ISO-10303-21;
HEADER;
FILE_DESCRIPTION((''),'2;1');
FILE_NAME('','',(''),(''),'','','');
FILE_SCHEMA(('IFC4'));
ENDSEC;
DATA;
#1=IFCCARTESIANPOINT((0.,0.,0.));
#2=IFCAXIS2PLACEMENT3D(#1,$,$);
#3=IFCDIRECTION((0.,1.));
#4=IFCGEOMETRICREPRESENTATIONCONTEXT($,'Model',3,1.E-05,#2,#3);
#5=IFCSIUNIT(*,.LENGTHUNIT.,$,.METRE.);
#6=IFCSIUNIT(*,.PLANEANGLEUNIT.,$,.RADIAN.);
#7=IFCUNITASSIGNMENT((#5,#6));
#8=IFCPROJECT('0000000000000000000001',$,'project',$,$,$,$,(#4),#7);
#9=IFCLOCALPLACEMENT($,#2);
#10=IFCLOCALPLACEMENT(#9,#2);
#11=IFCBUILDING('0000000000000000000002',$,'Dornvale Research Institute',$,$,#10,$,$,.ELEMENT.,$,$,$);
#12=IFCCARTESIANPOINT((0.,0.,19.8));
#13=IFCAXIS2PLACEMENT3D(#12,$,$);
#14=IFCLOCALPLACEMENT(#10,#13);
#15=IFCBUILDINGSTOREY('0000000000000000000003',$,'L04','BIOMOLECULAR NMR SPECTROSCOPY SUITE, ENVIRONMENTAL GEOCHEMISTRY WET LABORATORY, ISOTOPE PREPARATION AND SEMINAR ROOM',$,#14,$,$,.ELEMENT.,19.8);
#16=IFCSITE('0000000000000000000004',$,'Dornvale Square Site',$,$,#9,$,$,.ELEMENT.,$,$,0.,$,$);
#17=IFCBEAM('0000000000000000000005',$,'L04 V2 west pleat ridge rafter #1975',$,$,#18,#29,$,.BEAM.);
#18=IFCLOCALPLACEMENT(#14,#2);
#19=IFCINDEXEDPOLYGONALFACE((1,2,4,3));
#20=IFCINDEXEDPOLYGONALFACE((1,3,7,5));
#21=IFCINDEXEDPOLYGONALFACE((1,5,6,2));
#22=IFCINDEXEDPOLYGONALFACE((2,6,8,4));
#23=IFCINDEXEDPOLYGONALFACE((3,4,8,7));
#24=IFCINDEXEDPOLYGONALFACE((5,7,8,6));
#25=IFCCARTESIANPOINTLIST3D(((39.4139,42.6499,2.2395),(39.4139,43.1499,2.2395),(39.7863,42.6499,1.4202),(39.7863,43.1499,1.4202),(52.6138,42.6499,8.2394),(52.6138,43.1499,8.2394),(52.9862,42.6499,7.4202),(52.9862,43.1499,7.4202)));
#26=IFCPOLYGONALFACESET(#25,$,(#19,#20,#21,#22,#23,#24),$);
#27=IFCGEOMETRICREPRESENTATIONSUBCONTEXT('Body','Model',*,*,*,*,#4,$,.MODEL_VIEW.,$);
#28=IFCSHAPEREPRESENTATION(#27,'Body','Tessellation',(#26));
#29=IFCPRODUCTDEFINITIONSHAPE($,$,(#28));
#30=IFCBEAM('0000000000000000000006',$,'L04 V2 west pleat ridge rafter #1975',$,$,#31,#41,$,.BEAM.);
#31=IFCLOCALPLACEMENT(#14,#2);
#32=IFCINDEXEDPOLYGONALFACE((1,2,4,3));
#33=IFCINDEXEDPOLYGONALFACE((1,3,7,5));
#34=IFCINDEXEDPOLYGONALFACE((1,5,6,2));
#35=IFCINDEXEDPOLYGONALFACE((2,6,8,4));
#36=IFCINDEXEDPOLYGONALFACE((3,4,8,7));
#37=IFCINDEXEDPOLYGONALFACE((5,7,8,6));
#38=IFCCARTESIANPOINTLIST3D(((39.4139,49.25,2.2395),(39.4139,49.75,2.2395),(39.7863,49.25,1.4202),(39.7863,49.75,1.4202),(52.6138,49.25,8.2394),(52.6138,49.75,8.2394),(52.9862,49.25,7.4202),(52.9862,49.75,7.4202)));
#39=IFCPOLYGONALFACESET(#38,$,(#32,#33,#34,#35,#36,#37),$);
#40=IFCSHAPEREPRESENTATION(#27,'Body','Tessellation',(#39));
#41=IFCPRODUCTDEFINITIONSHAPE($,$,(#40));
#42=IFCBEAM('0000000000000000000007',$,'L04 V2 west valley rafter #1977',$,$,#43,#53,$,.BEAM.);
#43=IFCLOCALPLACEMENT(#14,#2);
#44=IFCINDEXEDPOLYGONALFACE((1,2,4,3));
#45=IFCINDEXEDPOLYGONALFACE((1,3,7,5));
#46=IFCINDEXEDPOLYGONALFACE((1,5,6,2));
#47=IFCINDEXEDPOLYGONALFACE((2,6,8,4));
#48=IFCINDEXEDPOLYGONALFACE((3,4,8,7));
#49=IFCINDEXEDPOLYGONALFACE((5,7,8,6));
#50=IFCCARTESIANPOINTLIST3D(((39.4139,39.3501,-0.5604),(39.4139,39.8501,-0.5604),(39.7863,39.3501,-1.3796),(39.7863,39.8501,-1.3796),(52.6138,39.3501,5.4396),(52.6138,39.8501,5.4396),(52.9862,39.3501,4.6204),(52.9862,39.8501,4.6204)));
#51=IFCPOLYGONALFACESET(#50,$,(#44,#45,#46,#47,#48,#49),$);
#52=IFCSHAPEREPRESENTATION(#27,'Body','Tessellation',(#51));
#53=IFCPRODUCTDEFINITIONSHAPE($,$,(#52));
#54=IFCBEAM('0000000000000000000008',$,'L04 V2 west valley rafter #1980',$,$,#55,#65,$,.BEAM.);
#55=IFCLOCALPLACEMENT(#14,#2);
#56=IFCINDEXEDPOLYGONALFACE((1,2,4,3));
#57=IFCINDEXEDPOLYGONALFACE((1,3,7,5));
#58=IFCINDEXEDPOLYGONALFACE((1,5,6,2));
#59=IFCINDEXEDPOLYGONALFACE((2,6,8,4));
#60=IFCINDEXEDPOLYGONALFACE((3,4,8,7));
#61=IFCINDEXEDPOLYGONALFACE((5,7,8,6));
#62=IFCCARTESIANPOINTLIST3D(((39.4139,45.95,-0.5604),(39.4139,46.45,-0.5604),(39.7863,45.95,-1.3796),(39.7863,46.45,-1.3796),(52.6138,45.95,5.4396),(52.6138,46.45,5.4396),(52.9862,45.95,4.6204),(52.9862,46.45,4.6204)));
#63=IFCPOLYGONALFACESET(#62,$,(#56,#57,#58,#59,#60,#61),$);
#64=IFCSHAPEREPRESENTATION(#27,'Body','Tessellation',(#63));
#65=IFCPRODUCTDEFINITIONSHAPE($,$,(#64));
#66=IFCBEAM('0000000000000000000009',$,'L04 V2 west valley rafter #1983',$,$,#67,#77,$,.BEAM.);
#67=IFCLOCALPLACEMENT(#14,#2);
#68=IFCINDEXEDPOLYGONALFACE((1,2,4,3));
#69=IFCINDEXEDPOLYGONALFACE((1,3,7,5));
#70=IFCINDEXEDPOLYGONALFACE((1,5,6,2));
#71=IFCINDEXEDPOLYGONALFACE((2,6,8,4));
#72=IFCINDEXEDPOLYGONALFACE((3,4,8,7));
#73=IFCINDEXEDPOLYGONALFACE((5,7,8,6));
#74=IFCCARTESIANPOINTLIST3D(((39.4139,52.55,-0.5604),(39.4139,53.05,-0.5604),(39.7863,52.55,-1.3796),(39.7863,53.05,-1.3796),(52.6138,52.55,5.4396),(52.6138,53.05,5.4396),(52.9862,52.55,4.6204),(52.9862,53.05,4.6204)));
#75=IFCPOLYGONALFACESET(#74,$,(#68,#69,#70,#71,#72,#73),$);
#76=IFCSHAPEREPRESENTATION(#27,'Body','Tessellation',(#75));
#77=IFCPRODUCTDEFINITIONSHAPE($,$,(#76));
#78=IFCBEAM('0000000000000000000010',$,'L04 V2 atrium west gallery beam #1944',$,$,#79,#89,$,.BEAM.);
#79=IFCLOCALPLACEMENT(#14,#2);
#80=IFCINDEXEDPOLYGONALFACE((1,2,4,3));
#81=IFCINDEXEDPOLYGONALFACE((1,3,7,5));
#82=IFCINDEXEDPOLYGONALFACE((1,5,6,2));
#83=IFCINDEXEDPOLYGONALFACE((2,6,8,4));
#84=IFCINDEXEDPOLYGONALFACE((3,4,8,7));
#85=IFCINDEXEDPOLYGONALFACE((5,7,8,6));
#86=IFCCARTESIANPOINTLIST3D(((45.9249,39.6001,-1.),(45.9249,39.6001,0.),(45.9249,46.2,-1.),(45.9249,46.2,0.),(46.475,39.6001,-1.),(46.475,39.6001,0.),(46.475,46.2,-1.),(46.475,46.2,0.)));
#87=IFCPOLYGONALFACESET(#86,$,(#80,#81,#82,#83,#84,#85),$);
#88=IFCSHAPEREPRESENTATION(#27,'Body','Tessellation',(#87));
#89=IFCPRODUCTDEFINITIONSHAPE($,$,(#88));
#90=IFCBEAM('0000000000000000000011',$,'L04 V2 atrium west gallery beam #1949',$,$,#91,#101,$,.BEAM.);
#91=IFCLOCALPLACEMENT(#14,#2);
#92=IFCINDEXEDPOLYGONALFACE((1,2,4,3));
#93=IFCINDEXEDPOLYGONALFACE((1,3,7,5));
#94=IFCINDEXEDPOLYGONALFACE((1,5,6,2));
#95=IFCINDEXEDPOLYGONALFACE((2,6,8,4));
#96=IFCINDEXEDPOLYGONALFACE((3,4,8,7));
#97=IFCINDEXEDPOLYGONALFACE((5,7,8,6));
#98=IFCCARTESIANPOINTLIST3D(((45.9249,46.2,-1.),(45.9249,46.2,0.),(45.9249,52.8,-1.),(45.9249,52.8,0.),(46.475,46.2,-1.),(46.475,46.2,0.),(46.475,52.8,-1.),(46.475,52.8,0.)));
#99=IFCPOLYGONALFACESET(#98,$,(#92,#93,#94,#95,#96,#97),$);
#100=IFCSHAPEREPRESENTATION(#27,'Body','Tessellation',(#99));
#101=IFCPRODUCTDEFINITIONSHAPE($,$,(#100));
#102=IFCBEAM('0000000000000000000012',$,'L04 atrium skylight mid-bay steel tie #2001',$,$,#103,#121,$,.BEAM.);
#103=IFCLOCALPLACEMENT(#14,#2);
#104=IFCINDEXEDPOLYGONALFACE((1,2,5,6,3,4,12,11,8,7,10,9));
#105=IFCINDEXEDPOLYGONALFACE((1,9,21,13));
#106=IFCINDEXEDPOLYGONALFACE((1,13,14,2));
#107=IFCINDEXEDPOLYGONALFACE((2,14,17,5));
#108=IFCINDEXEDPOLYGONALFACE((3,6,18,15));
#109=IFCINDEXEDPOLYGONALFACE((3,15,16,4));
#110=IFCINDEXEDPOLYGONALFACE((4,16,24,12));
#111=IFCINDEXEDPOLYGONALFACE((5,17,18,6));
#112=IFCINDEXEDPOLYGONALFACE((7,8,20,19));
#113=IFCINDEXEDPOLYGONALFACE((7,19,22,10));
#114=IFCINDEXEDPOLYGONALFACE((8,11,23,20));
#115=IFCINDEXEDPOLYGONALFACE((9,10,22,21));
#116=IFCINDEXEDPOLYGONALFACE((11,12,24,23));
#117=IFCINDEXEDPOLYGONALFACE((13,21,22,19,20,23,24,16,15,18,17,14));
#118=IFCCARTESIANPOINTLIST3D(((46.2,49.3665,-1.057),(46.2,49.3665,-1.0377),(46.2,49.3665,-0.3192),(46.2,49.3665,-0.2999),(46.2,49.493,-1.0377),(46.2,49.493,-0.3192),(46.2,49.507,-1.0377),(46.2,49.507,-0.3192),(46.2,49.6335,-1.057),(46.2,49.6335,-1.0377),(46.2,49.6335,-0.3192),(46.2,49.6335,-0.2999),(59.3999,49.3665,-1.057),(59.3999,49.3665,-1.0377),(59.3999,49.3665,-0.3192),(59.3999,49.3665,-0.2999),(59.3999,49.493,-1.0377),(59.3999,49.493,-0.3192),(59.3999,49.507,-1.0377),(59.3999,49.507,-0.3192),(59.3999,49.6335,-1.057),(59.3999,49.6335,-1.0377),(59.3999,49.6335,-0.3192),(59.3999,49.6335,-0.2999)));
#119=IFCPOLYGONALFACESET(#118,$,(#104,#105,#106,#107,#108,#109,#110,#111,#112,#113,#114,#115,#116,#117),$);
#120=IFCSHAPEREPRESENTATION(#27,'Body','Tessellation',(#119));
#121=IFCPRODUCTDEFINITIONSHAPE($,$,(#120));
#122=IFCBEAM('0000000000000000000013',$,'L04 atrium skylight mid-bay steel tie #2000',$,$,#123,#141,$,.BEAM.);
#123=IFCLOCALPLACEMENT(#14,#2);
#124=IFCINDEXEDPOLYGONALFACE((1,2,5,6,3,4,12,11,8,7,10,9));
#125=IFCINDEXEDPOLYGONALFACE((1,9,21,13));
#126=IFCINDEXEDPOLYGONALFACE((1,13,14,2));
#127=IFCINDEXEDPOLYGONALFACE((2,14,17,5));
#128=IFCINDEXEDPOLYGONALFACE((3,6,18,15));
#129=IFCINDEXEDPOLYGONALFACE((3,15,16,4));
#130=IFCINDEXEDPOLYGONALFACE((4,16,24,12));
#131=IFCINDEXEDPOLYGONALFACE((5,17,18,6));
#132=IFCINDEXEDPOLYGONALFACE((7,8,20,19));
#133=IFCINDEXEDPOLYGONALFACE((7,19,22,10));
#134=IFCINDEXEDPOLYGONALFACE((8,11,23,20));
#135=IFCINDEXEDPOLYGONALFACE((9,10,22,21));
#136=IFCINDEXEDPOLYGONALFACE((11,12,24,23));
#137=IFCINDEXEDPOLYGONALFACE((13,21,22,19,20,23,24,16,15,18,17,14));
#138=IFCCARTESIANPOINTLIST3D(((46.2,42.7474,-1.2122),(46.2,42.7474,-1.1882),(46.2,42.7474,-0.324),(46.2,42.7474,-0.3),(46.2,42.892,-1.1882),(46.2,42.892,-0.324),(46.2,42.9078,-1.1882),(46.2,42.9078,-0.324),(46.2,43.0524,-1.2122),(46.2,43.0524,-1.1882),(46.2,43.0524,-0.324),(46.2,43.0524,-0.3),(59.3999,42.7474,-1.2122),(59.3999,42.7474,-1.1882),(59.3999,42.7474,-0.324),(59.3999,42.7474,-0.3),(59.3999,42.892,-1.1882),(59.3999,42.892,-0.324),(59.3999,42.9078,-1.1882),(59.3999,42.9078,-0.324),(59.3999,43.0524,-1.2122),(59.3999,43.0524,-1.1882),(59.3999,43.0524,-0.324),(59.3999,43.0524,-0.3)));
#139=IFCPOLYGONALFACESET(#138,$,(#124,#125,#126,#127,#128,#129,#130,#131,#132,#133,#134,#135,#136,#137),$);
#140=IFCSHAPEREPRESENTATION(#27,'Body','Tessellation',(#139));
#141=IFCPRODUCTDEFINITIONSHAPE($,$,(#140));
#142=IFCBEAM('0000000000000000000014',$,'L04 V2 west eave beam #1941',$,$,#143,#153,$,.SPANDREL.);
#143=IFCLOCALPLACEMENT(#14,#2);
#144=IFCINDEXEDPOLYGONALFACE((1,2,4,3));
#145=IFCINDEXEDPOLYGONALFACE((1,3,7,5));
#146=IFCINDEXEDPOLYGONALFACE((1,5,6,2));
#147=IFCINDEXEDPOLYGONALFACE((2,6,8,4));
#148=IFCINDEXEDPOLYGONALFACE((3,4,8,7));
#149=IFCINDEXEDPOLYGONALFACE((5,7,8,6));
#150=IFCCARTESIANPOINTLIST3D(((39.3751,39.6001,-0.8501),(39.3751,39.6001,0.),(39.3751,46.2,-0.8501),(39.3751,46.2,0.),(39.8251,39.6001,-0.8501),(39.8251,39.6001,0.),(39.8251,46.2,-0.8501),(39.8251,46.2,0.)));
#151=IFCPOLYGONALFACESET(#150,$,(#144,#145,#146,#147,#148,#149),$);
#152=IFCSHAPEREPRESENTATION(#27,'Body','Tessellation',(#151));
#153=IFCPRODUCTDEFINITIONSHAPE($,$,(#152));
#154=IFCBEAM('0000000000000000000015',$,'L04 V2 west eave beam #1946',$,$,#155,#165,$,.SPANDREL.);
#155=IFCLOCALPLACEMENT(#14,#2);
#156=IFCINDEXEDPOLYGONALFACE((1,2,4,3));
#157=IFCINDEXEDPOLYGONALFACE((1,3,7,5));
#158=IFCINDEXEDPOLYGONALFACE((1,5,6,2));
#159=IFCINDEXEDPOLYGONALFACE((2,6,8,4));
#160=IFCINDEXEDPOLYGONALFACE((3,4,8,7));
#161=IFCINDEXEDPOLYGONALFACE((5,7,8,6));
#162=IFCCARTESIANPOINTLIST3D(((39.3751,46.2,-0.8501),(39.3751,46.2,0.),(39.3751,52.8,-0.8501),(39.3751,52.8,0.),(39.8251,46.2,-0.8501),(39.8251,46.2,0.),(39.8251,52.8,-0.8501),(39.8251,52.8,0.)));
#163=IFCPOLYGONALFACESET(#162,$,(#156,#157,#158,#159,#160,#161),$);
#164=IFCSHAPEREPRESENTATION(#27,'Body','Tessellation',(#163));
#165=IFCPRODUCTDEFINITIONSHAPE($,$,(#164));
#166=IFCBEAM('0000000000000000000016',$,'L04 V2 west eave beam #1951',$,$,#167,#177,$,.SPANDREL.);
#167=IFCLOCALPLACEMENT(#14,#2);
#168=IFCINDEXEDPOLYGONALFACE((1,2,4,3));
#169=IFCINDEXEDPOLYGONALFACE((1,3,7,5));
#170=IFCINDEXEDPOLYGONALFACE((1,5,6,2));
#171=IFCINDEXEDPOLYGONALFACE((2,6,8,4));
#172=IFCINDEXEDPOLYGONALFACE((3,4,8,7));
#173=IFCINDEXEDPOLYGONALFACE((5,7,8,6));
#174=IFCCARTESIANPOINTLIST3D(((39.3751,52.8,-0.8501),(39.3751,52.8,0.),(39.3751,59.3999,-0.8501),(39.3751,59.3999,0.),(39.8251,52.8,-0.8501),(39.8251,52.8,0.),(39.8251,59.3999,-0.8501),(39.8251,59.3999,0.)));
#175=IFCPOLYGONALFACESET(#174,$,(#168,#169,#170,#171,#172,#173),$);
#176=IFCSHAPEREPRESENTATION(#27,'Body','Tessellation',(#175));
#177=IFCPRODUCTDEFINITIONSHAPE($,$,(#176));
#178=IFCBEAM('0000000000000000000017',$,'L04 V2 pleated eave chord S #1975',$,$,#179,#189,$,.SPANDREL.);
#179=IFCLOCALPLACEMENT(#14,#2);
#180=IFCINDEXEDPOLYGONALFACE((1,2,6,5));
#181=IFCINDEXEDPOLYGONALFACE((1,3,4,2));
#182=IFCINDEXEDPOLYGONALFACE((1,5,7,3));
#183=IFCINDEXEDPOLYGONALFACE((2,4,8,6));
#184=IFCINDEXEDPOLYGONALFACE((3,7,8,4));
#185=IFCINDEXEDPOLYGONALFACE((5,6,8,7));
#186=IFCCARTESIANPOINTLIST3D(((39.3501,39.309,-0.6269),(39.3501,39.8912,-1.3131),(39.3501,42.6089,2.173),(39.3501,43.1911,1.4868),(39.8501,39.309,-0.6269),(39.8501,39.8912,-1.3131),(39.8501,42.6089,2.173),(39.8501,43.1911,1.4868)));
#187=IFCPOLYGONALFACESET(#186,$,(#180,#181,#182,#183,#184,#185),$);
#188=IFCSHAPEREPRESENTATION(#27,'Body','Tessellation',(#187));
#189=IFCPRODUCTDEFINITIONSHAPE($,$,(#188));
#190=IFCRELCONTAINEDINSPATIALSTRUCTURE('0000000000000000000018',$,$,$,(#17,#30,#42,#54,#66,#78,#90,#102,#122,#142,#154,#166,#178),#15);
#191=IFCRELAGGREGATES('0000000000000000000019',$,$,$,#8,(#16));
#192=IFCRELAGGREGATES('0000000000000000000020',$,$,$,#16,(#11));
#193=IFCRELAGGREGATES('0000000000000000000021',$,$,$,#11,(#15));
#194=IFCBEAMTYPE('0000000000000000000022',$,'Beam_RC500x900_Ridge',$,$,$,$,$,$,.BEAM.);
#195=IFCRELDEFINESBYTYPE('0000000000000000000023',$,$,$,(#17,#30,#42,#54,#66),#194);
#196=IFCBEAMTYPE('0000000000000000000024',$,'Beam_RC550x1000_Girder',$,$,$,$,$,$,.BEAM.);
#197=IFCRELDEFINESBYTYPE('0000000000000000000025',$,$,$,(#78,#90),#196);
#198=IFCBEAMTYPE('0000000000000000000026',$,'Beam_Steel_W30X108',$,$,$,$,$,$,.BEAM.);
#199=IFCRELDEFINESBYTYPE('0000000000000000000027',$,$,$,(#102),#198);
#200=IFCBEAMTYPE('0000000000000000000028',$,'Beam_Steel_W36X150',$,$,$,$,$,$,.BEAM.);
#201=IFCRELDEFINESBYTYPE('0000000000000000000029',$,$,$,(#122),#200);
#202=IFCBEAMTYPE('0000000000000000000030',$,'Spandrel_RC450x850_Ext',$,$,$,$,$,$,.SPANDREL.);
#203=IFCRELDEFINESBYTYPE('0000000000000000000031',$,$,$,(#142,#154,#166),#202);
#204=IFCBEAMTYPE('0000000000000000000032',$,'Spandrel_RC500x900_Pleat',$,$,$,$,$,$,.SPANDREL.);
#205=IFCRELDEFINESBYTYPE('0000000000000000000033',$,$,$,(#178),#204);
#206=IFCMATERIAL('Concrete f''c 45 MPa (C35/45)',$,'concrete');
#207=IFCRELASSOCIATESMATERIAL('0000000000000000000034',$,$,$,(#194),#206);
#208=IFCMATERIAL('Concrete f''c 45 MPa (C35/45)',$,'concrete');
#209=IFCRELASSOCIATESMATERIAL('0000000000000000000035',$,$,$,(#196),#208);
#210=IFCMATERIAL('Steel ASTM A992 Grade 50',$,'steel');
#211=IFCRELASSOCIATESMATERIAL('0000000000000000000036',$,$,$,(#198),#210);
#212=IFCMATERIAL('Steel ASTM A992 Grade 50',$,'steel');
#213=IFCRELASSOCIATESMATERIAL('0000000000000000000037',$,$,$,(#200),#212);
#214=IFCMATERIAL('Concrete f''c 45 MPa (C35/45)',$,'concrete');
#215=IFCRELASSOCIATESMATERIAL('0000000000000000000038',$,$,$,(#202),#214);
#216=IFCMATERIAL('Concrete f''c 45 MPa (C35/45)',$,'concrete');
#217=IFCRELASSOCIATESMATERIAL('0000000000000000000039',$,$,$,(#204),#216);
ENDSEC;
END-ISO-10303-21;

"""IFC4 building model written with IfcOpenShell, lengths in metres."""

from ifc_helpers import new_model, si_unit, direction, frame, origin, origin_2d, place, context, subcontext, project, spatial, rectangle, i_section, extrude, material, material_profile, profile_set, type_object, element, save


model = new_model("IFC4")

# Units and contexts
model_context = context("Model", 3, precision=1e-05, world=origin(), true_north=direction((0.0, 1.0)))
body_context = subcontext(model_context, "Body", "Model", "MODEL_VIEW")
ifc_project = project(units=[si_unit("LENGTHUNIT", "METRE"), si_unit("PLANEANGLEUNIT", "RADIAN")], contexts=[model_context])

# Site, building, storey
site_placement = place(None, origin())
site = spatial("IfcSite", under=ifc_project, at=site_placement, Name="Dornvale Square Site", CompositionType="ELEMENT", RefElevation=0.0)
building_placement = place(site_placement, origin())
building = spatial("IfcBuilding", under=site, at=building_placement, Name="Dornvale Research Institute", CompositionType="ELEMENT")
storey_placement = place(building_placement, frame((0.0, 0.0, 19.8)))
storey = spatial("IfcBuildingStorey", under=building, at=storey_placement, Name="L04", Description="BIOMOLECULAR NMR SPECTROSCOPY SUITE, ENVIRONMENTAL GEOCHEMISTRY WET LABORATORY, ISOTOPE PREPARATION AND SEMINAR ROOM", CompositionType="ELEMENT", Elevation=19.8)

# Beams
ifc_material_1 = material(Name="Concrete f'c 45 MPa (C35/45)", Category="concrete")
ifc_material_profile_1 = material_profile(ifc_material_1, rectangle(XDim=0.5, YDim=0.8999, at=origin_2d()), Name="RC 500x900")
ifc_profile_set_1 = profile_set([ifc_material_profile_1], Name="Concrete f'c 45 MPa (C35/45)")
beam_type_1 = type_object("IfcBeamType", Name="Beam_RC500x900_Ridge", PredefinedType="BEAM", material=ifc_profile_set_1)
for number, where, z_axis, x_axis, name in (
    (1, (39.6001, 42.8999, 1.8298), (0.910366, 0.0, 0.413804), (0.0, 1.0, 0.0), "L04 V2 west pleat ridge rafter #1975"),
    (2, (39.6001, 49.5, 1.8298), (0.910366, 0.0, 0.413804), (0.0, 1.0, 0.0), "L04 V2 west pleat ridge rafter #1975"),
    (3, (39.6001, 39.6001, -0.97), (0.910366, 0.0, 0.413804), (0.0, 1.0, 0.0), "L04 V2 west valley rafter #1977"),
    (4, (39.6001, 46.2, -0.97), (0.910366, 0.0, 0.413804), (0.0, 1.0, 0.0), "L04 V2 west valley rafter #1980"),
    (5, (39.6001, 52.8, -0.97), (0.910366, 0.0, 0.413804), (0.0, 1.0, 0.0), "L04 V2 west valley rafter #1983"),
):
    element("IfcBeam", number, at=place(storey_placement, frame(where, z_axis=z_axis, x_axis=x_axis)), inside=storey, type_object=beam_type_1, Name=name, PredefinedType="BEAM", context=body_context, shape_type="SweptSolid", body=[
        extrude(rectangle(XDim=0.5, YDim=0.8999, at=origin_2d()), origin(), (0.0, 0.0, 1.0), 14.4995),
    ])
ifc_material_2 = material(Name="Concrete f'c 45 MPa (C35/45)", Category="concrete")
ifc_material_profile_2 = material_profile(ifc_material_2, rectangle(XDim=0.55, YDim=1.0, at=origin_2d()), Name="RC 550x1000")
ifc_profile_set_2 = profile_set([ifc_material_profile_2], Name="Concrete f'c 45 MPa (C35/45)")
beam_type_2 = type_object("IfcBeamType", Name="Beam_RC550x1000_Girder", PredefinedType="BEAM", material=ifc_profile_set_2)
beam_1_placement = place(storey_placement, frame((46.2, 39.6001, -0.5), z_axis=(0.0, 1.0, 0.0), x_axis=(-1.0, 0.0, 0.0)))
element("IfcBeam", 6, at=beam_1_placement, inside=storey, type_object=beam_type_2, Name="L04 V2 atrium west gallery beam #1944", PredefinedType="BEAM", context=body_context, shape_type="SweptSolid", body=[
    extrude(rectangle(XDim=0.55, YDim=1.0, at=origin_2d()), origin(), (0.0, 0.0, 1.0), 6.5999),
])
beam_2_placement = place(storey_placement, frame((46.2, 46.2, -0.5), z_axis=(0.0, 1.0, 0.0), x_axis=(-1.0, 0.0, 0.0)))
element("IfcBeam", 7, at=beam_2_placement, inside=storey, type_object=beam_type_2, Name="L04 V2 atrium west gallery beam #1949", PredefinedType="BEAM", context=body_context, shape_type="SweptSolid", body=[
    extrude(rectangle(XDim=0.55, YDim=1.0, at=origin_2d()), origin(), (0.0, 0.0, 1.0), 6.6001),
])
ifc_material_3 = material(Name="Steel ASTM A992 Grade 50", Category="steel")
ifc_material_profile_3 = material_profile(ifc_material_3, i_section(OverallWidth=0.2671, OverallDepth=0.7571, WebThickness=0.0139, FlangeThickness=0.0193, at=origin_2d()), Name="W30X108")
ifc_profile_set_3 = profile_set([ifc_material_profile_3], Name="Steel ASTM A992 Grade 50")
beam_type_3 = type_object("IfcBeamType", Name="Beam_Steel_W30X108", PredefinedType="BEAM", material=ifc_profile_set_3)
beam_3_placement = place(storey_placement, frame((46.2, 49.5, -0.6785), z_axis=(1.0, 0.0, 0.0), x_axis=(0.0, 1.0, 0.0)))
element("IfcBeam", 8, at=beam_3_placement, inside=storey, type_object=beam_type_3, Name="L04 atrium skylight mid-bay steel tie #2001", PredefinedType="BEAM", context=body_context, shape_type="SweptSolid", body=[
    extrude(i_section(OverallWidth=0.2671, OverallDepth=0.7571, WebThickness=0.0139, FlangeThickness=0.0193, at=origin_2d()), origin(), (0.0, 0.0, 1.0), 13.2),
])
ifc_material_4 = material(Name="Steel ASTM A992 Grade 50", Category="steel")
ifc_material_profile_4 = material_profile(ifc_material_4, i_section(OverallWidth=0.3049, OverallDepth=0.9121, WebThickness=0.0159, FlangeThickness=0.0239, at=origin_2d()), Name="W36X150")
ifc_profile_set_4 = profile_set([ifc_material_profile_4], Name="Steel ASTM A992 Grade 50")
beam_type_4 = type_object("IfcBeamType", Name="Beam_Steel_W36X150", PredefinedType="BEAM", material=ifc_profile_set_4)
beam_4_placement = place(storey_placement, frame((46.2, 42.8999, -0.7561), z_axis=(1.0, 0.0, 0.0), x_axis=(0.0, 1.0, 0.0)))
element("IfcBeam", 9, at=beam_4_placement, inside=storey, type_object=beam_type_4, Name="L04 atrium skylight mid-bay steel tie #2000", PredefinedType="BEAM", context=body_context, shape_type="SweptSolid", body=[
    extrude(i_section(OverallWidth=0.3049, OverallDepth=0.9121, WebThickness=0.0159, FlangeThickness=0.0239, at=origin_2d()), origin(), (0.0, 0.0, 1.0), 13.2),
])
ifc_material_5 = material(Name="Concrete f'c 45 MPa (C35/45)", Category="concrete")
ifc_material_profile_5 = material_profile(ifc_material_5, rectangle(XDim=0.45, YDim=0.8501, at=origin_2d()), Name="RC 450x850")
ifc_profile_set_5 = profile_set([ifc_material_profile_5], Name="Concrete f'c 45 MPa (C35/45)")
beam_type_5 = type_object("IfcBeamType", Name="Spandrel_RC450x850_Ext", PredefinedType="SPANDREL", material=ifc_profile_set_5)
beam_5_placement = place(storey_placement, frame((39.6001, 39.6001, -0.425), z_axis=(0.0, 1.0, 0.0), x_axis=(-1.0, 0.0, 0.0)))
element("IfcBeam", 10, at=beam_5_placement, inside=storey, type_object=beam_type_5, Name="L04 V2 west eave beam #1941", PredefinedType="SPANDREL", context=body_context, shape_type="SweptSolid", body=[
    extrude(rectangle(XDim=0.45, YDim=0.8501, at=origin_2d()), origin(), (0.0, 0.0, 1.0), 6.5999),
])
beam_6_placement = place(storey_placement, frame((39.6001, 46.2, -0.425), z_axis=(0.0, 1.0, 0.0), x_axis=(-1.0, 0.0, 0.0)))
element("IfcBeam", 11, at=beam_6_placement, inside=storey, type_object=beam_type_5, Name="L04 V2 west eave beam #1946", PredefinedType="SPANDREL", context=body_context, shape_type="SweptSolid", body=[
    extrude(rectangle(XDim=0.45, YDim=0.8501, at=origin_2d()), origin(), (0.0, 0.0, 1.0), 6.6001),
])
beam_7_placement = place(storey_placement, frame((39.6001, 52.8, -0.425), z_axis=(0.0, 1.0, 0.0), x_axis=(-1.0, 0.0, 0.0)))
element("IfcBeam", 12, at=beam_7_placement, inside=storey, type_object=beam_type_5, Name="L04 V2 west eave beam #1951", PredefinedType="SPANDREL", context=body_context, shape_type="SweptSolid", body=[
    extrude(rectangle(XDim=0.45, YDim=0.8501, at=origin_2d()), origin(), (0.0, 0.0, 1.0), 6.5999),
])
ifc_material_6 = material(Name="Concrete f'c 45 MPa (C35/45)", Category="concrete")
ifc_material_profile_6 = material_profile(ifc_material_6, rectangle(XDim=0.5, YDim=0.8999, at=origin_2d()), Name="RC 500x900")
ifc_profile_set_6 = profile_set([ifc_material_profile_6], Name="Concrete f'c 45 MPa (C35/45)")
beam_type_6 = type_object("IfcBeamType", Name="Spandrel_RC500x900_Pleat", PredefinedType="SPANDREL", material=ifc_profile_set_6)
for number, where, z_axis, x_axis, name in (
    (13, (39.6001, 39.6001, -0.97), (0.0, 0.762513, 0.646973), (-1.0, 0.0, 0.0), "L04 V2 pleated eave chord S #1975"),
):
    element("IfcBeam", number, at=place(storey_placement, frame(where, z_axis=z_axis, x_axis=x_axis)), inside=storey, type_object=beam_type_6, Name=name, PredefinedType="SPANDREL", context=body_context, shape_type="SweptSolid", body=[
        extrude(rectangle(XDim=0.5, YDim=0.8999, at=origin_2d()), origin(), (0.0, 0.0, 1.0), 4.3276),
    ])

save(model, "model.ifc")
